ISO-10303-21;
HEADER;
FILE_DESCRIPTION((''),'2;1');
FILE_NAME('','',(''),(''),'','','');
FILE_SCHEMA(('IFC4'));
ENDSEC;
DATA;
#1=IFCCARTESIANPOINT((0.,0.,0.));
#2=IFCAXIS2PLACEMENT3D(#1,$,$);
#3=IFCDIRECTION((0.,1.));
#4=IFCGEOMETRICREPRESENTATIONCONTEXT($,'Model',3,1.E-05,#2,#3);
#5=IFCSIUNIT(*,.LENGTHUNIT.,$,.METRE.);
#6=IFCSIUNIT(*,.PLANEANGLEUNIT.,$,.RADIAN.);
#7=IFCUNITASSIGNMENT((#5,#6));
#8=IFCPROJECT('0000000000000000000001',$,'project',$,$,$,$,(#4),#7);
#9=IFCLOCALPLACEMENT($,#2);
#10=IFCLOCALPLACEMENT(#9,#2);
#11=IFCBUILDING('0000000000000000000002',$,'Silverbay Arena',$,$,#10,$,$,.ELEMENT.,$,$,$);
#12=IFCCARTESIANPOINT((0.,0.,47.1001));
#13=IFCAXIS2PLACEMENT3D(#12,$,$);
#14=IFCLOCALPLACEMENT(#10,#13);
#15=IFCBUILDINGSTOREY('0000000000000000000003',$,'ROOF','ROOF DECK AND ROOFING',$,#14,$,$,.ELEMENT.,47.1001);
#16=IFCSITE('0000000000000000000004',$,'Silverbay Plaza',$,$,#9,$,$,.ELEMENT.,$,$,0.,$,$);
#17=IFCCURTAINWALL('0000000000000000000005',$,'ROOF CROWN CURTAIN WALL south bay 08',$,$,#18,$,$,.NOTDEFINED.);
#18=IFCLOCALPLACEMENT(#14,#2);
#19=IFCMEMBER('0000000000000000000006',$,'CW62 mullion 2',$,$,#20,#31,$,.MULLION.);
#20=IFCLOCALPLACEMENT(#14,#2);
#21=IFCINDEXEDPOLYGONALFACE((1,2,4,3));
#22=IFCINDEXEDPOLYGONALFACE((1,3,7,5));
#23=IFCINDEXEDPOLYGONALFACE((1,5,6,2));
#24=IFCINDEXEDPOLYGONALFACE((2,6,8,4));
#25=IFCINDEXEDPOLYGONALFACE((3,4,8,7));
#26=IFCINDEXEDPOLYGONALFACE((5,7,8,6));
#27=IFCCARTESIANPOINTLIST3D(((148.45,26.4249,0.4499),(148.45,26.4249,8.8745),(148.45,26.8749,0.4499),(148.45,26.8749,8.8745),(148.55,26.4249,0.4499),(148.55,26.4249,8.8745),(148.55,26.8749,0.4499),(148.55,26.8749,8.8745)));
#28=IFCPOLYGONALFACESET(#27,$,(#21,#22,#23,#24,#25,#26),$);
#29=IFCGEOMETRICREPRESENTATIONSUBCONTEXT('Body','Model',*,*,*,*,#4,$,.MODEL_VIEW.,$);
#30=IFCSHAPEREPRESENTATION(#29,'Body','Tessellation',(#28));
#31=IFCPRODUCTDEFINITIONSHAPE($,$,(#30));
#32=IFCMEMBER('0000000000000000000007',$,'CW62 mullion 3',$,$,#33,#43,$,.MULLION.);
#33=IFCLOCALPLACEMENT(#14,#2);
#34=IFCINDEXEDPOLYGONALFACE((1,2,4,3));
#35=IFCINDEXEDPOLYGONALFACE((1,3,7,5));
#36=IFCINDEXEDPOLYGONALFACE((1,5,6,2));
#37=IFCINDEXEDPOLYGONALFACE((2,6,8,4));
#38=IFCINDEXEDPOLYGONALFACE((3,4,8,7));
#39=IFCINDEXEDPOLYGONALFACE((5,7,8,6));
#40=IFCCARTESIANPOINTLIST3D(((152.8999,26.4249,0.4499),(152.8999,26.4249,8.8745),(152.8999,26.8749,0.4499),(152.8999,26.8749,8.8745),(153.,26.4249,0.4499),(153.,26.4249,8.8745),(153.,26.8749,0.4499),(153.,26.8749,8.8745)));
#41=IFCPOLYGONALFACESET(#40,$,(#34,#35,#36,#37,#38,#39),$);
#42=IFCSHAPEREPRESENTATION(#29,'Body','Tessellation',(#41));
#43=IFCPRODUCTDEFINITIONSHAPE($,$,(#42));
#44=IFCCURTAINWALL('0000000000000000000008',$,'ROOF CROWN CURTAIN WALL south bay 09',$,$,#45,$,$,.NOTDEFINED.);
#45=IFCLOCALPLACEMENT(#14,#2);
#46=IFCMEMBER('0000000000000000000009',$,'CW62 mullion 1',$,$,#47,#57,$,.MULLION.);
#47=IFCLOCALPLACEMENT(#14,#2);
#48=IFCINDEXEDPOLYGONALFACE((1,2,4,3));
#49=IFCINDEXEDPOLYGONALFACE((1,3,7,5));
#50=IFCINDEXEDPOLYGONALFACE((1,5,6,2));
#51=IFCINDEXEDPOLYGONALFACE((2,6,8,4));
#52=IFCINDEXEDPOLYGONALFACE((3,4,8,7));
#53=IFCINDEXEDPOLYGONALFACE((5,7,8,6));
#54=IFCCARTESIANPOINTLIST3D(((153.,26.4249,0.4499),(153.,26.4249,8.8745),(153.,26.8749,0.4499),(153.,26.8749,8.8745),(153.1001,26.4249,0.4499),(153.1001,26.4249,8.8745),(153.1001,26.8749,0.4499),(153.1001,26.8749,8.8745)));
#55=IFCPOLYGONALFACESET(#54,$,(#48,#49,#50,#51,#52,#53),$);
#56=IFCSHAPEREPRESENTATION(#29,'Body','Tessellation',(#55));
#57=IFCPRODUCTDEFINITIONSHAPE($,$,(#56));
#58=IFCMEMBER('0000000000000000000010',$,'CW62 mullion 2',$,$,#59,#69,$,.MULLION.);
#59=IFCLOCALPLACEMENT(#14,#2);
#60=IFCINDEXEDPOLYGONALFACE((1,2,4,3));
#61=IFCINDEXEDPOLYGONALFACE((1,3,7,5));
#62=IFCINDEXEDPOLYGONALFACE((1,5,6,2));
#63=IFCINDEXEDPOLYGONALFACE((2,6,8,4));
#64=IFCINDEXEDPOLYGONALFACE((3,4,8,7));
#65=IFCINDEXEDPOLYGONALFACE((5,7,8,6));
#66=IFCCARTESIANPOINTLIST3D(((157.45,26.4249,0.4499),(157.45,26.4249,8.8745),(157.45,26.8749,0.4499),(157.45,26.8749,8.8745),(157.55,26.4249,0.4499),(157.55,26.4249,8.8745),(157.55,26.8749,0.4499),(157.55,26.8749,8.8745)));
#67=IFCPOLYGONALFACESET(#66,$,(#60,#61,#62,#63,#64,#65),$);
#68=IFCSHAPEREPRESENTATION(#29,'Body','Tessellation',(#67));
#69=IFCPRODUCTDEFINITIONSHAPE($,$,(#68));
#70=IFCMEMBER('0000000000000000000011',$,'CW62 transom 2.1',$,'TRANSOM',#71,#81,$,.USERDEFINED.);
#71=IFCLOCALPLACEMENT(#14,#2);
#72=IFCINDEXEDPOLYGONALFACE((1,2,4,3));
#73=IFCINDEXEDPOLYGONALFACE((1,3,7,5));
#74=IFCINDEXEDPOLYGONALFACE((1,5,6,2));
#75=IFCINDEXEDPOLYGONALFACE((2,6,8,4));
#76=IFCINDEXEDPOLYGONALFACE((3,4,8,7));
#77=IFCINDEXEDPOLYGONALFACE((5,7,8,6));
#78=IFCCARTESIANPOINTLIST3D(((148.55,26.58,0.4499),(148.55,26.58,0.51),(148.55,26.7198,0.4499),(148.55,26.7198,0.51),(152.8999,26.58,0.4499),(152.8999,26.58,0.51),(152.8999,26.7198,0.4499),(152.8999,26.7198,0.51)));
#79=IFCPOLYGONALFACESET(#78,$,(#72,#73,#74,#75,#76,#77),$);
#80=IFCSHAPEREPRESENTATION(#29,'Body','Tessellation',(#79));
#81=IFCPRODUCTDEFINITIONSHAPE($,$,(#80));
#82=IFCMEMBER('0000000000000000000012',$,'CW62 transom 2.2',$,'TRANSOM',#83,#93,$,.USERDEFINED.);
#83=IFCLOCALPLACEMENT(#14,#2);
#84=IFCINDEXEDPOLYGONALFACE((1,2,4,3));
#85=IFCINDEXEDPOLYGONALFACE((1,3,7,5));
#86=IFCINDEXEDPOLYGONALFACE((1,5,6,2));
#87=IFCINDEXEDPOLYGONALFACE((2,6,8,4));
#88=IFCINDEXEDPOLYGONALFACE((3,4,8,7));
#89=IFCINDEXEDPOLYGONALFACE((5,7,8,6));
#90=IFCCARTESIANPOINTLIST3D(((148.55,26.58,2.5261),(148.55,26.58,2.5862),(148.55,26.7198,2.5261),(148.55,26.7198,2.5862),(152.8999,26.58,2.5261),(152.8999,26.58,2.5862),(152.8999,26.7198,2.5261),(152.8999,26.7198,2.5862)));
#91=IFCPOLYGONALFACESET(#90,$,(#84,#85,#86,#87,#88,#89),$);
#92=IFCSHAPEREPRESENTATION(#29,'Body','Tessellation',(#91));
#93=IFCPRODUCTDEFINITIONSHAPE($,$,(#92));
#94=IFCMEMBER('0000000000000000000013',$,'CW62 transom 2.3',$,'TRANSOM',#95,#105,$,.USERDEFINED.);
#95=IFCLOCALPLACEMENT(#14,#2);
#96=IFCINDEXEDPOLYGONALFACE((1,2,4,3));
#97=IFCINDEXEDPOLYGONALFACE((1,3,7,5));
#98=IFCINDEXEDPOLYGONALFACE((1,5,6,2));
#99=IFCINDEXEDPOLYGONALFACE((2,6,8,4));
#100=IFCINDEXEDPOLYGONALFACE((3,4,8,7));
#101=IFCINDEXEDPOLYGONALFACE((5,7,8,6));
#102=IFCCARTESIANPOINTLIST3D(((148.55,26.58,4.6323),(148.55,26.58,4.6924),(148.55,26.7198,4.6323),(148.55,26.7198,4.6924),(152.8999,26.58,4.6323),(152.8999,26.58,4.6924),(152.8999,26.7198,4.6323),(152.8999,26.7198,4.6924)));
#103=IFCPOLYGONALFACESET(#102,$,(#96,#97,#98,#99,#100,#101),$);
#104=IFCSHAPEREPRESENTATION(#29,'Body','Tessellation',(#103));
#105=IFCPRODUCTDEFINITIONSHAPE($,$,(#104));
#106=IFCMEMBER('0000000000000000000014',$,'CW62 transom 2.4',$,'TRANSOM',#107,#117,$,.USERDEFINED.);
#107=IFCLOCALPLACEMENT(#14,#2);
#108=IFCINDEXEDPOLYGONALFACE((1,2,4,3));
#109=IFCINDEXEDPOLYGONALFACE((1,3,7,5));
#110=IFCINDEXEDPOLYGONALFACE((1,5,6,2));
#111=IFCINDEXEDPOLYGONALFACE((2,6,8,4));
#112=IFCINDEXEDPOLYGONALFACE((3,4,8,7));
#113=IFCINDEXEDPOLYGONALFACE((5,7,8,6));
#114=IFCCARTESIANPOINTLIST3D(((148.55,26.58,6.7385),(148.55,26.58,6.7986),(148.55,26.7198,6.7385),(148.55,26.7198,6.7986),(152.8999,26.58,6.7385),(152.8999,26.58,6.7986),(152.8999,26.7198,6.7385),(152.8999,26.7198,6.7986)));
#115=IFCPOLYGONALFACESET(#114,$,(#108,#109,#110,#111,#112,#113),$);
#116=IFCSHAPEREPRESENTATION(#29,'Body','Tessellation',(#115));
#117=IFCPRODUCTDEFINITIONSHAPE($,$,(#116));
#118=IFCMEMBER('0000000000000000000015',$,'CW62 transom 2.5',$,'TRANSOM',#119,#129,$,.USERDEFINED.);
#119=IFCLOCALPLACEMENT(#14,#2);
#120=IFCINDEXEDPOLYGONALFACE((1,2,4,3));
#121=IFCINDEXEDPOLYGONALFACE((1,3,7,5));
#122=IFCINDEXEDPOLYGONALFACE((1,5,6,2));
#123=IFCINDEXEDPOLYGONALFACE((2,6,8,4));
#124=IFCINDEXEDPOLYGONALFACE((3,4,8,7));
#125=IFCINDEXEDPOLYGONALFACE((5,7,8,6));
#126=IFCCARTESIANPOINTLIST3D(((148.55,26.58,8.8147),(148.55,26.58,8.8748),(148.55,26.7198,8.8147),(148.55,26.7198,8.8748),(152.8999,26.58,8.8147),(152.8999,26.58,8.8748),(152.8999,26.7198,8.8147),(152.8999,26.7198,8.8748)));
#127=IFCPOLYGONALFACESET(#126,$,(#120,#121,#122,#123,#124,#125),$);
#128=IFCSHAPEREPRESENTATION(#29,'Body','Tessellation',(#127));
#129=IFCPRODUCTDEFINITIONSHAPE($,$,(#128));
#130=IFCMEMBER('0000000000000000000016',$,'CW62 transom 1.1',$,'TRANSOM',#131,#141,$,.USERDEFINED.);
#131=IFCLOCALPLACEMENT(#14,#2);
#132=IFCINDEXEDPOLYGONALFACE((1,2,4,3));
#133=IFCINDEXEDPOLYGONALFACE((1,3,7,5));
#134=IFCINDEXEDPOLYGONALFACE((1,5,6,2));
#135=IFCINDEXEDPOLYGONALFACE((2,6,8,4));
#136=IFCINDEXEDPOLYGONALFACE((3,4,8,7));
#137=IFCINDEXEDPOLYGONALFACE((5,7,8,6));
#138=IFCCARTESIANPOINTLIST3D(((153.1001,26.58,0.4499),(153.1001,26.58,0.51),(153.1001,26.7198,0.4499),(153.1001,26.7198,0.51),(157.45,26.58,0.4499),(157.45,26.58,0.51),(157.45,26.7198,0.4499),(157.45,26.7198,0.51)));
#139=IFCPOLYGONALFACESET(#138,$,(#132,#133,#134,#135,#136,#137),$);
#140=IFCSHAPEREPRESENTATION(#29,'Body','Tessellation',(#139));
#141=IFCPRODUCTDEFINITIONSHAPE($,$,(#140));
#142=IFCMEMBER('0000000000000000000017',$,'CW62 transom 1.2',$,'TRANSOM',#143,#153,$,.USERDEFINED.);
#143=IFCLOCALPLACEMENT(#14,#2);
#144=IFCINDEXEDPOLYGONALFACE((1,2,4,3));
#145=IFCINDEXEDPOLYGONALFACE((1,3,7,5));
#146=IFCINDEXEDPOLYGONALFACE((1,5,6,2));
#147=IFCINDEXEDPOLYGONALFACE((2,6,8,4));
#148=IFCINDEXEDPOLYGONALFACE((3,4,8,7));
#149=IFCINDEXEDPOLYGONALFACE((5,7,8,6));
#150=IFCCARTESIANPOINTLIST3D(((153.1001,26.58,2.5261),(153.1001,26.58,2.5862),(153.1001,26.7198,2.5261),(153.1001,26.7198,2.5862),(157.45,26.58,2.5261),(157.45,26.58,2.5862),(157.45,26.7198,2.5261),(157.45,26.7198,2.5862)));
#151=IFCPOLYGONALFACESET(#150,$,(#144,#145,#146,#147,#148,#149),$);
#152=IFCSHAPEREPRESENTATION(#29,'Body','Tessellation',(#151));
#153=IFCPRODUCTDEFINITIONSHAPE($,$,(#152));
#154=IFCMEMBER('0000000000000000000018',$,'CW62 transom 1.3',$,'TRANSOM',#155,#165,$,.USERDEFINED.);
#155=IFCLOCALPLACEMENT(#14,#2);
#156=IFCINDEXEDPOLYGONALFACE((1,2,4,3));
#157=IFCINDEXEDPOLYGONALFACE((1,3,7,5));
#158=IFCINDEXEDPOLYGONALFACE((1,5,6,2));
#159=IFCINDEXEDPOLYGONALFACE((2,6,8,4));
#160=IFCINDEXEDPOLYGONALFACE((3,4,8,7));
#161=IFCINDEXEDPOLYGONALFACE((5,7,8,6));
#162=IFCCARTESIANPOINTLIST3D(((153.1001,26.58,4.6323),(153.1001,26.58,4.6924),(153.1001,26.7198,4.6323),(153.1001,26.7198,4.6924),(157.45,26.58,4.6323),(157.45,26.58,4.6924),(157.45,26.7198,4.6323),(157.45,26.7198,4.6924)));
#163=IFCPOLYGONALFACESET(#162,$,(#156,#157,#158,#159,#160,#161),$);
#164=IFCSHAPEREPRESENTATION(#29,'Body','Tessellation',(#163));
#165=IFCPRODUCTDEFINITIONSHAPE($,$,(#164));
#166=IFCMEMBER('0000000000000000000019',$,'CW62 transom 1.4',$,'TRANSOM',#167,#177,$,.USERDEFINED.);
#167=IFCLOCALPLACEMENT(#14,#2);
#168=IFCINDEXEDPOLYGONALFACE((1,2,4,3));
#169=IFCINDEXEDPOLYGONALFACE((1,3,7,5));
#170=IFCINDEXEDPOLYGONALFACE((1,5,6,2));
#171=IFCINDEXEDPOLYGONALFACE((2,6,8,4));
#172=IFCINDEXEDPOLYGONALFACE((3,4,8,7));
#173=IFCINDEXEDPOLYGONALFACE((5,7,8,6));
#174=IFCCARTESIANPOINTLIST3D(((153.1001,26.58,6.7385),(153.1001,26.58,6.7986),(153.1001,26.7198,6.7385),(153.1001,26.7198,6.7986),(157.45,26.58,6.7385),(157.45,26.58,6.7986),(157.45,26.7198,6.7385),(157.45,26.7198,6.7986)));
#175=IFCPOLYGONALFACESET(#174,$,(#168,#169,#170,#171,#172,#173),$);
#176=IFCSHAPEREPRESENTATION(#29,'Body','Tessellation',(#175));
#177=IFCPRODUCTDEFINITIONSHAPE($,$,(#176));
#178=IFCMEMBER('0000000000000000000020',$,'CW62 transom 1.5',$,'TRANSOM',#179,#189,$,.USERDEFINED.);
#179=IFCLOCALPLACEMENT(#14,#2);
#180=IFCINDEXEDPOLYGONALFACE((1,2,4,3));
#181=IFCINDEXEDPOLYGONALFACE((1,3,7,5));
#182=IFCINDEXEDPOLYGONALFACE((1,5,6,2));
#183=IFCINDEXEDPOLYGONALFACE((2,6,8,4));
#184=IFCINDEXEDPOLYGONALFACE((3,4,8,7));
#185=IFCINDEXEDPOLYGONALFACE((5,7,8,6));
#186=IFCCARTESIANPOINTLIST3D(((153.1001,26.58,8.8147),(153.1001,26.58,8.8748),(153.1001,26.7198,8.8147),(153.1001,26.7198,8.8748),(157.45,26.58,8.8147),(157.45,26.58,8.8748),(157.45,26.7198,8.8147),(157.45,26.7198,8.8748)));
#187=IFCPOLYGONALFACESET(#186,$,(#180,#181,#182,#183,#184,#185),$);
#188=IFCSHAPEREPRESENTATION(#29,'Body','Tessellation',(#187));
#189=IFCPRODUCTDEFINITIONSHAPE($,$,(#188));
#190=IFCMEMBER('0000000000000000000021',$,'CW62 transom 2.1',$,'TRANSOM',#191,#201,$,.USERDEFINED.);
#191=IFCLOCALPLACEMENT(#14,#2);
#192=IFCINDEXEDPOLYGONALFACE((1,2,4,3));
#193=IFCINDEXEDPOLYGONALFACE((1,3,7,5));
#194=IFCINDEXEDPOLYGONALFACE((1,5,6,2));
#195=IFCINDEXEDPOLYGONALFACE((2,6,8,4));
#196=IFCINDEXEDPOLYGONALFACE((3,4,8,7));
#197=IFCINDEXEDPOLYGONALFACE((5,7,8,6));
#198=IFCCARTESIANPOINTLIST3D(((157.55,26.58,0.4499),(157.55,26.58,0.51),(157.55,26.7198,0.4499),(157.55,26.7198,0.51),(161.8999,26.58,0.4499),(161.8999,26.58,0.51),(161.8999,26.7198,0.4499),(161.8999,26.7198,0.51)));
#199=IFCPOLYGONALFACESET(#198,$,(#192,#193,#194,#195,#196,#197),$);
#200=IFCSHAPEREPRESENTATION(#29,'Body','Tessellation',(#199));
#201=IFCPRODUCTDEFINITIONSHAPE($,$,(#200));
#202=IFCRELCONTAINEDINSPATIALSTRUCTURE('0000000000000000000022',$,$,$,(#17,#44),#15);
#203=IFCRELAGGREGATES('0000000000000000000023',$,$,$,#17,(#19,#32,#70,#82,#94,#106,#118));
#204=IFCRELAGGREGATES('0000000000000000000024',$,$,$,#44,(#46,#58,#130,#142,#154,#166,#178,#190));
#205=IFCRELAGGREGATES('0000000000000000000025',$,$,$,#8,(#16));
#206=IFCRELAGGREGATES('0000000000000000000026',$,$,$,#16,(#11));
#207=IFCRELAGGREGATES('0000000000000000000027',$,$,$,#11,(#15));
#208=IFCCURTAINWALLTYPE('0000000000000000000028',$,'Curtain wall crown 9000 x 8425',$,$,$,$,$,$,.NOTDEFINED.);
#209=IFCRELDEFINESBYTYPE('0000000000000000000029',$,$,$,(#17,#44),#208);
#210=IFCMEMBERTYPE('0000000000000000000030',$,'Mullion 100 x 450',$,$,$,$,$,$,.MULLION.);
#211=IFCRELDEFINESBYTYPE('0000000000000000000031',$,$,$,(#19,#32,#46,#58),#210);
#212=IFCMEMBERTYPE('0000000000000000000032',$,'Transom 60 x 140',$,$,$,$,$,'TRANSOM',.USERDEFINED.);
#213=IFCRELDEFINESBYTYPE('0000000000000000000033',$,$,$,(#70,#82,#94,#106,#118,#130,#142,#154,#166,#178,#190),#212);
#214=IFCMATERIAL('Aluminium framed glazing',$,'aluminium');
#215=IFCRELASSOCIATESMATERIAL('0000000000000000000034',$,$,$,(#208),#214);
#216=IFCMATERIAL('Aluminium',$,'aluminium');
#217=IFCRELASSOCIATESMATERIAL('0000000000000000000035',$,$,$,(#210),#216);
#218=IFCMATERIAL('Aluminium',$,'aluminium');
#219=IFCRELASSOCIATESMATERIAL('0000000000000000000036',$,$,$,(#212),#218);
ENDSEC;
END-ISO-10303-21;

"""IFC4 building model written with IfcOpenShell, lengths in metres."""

from ifc_helpers import new_model, si_unit, direction, frame, origin, origin_2d, place, context, subcontext, project, spatial, rectangle, extrude, material, material_profile, profile_set, type_object, element, aggregate, save


model = new_model("IFC4")

# Units and contexts
model_context = context("Model", 3, precision=1e-05, world=origin(), true_north=direction((0.0, 1.0)))
body_context = subcontext(model_context, "Body", "Model", "MODEL_VIEW")
ifc_project = project(units=[si_unit("LENGTHUNIT", "METRE"), si_unit("PLANEANGLEUNIT", "RADIAN")], contexts=[model_context])

# Site, building, storey
site_placement = place(None, origin())
site = spatial("IfcSite", under=ifc_project, at=site_placement, Name="Silverbay Plaza", CompositionType="ELEMENT", RefElevation=0.0)
building_placement = place(site_placement, origin())
building = spatial("IfcBuilding", under=site, at=building_placement, Name="Silverbay Arena", CompositionType="ELEMENT")
storey_placement = place(building_placement, frame((0.0, 0.0, 47.1001)))
storey = spatial("IfcBuildingStorey", under=building, at=storey_placement, Name="ROOF", Description="ROOF DECK AND ROOFING", CompositionType="ELEMENT", Elevation=47.1001)

# Curtain walls, members
ifc_material_1 = material(Name="Aluminium framed glazing", Category="aluminium")
curtain_wall_type = type_object("IfcCurtainWallType", Name="Curtain wall crown 9000 x 8425", PredefinedType="NOTDEFINED", material=ifc_material_1)
curtain_wall_1_placement = place(storey_placement, origin())
curtain_wall_1 = element("IfcCurtainWall", 1, at=curtain_wall_1_placement, inside=storey, type_object=curtain_wall_type, Name="ROOF CROWN CURTAIN WALL south bay 08", PredefinedType="NOTDEFINED")
ifc_material_2 = material(Name="Aluminium", Category="aluminium")
ifc_material_profile_1 = material_profile(ifc_material_2, rectangle(XDim=0.45, YDim=0.1001, at=origin_2d()), Name="Mullion 100 x 450")
ifc_profile_set_1 = profile_set([ifc_material_profile_1], Name="Aluminium")
member_type_1 = type_object("IfcMemberType", Name="Mullion 100 x 450", PredefinedType="MULLION", material=ifc_profile_set_1)
placement = place(building_placement, frame((0.0, 0.0, 33.5)))
member_1_placement = place(placement, frame((148.5, 26.6499, 14.05), z_axis=(0.0, 0.0, 1.0), x_axis=(0.0, 1.0, 0.0)))
member_1 = element("IfcMember", 2, at=member_1_placement, type_object=member_type_1, Name="CW62 mullion 2", PredefinedType="MULLION", context=body_context, shape_type="SweptSolid", body=[
    extrude(rectangle(XDim=0.45, YDim=0.1001, at=origin_2d()), origin(), (0.0, 0.0, 1.0), 8.4246),
])
member_2_placement = place(placement, frame((152.95, 26.6499, 14.05), z_axis=(0.0, 0.0, 1.0), x_axis=(0.0, 1.0, 0.0)))
member_2 = element("IfcMember", 3, at=member_2_placement, type_object=member_type_1, Name="CW62 mullion 3", PredefinedType="MULLION", context=body_context, shape_type="SweptSolid", body=[
    extrude(rectangle(XDim=0.45, YDim=0.1001, at=origin_2d()), origin(), (0.0, 0.0, 1.0), 8.4246),
])
curtain_wall_2_placement = place(storey_placement, origin())
curtain_wall_2 = element("IfcCurtainWall", 4, at=curtain_wall_2_placement, inside=storey, type_object=curtain_wall_type, Name="ROOF CROWN CURTAIN WALL south bay 09", PredefinedType="NOTDEFINED")
member_3_placement = place(placement, frame((153.05, 26.6499, 14.05), z_axis=(0.0, 0.0, 1.0), x_axis=(0.0, 1.0, 0.0)))
member_3 = element("IfcMember", 5, at=member_3_placement, type_object=member_type_1, Name="CW62 mullion 1", PredefinedType="MULLION", context=body_context, shape_type="SweptSolid", body=[
    extrude(rectangle(XDim=0.45, YDim=0.1001, at=origin_2d()), origin(), (0.0, 0.0, 1.0), 8.4246),
])
member_4_placement = place(placement, frame((157.5, 26.6499, 14.05), z_axis=(0.0, 0.0, 1.0), x_axis=(0.0, 1.0, 0.0)))
member_4 = element("IfcMember", 6, at=member_4_placement, type_object=member_type_1, Name="CW62 mullion 2", PredefinedType="MULLION", context=body_context, shape_type="SweptSolid", body=[
    extrude(rectangle(XDim=0.45, YDim=0.1001, at=origin_2d()), origin(), (0.0, 0.0, 1.0), 8.4246),
])

# Members
ifc_material_3 = material(Name="Aluminium", Category="aluminium")
ifc_material_profile_2 = material_profile(ifc_material_3, rectangle(XDim=0.1399, YDim=0.0601, at=origin_2d()), Name="Transom 60 x 140")
ifc_profile_set_2 = profile_set([ifc_material_profile_2], Name="Aluminium")
member_type_2 = type_object("IfcMemberType", Name="Transom 60 x 140", ElementType="TRANSOM", PredefinedType="USERDEFINED", material=ifc_profile_set_2)
member_5_placement = place(placement, frame((148.55, 26.6499, 14.0801), z_axis=(1.0, 0.0, 0.0), x_axis=(0.0, 1.0, 0.0)))
member_5 = element("IfcMember", 7, at=member_5_placement, type_object=member_type_2, Name="CW62 transom 2.1", ObjectType="TRANSOM", PredefinedType="USERDEFINED", context=body_context, shape_type="SweptSolid", body=[
    extrude(rectangle(XDim=0.1399, YDim=0.0601, at=origin_2d()), origin(), (0.0, 0.0, 1.0), 4.3499),
])
member_6_placement = place(placement, frame((148.55, 26.6499, 16.1562), z_axis=(1.0, 0.0, 0.0), x_axis=(0.0, 1.0, 0.0)))
member_6 = element("IfcMember", 8, at=member_6_placement, type_object=member_type_2, Name="CW62 transom 2.2", ObjectType="TRANSOM", PredefinedType="USERDEFINED", context=body_context, shape_type="SweptSolid", body=[
    extrude(rectangle(XDim=0.1399, YDim=0.0601, at=origin_2d()), origin(), (0.0, 0.0, 1.0), 4.3499),
])
member_7_placement = place(placement, frame((148.55, 26.6499, 18.2625), z_axis=(1.0, 0.0, 0.0), x_axis=(0.0, 1.0, 0.0)))
member_7 = element("IfcMember", 9, at=member_7_placement, type_object=member_type_2, Name="CW62 transom 2.3", ObjectType="TRANSOM", PredefinedType="USERDEFINED", context=body_context, shape_type="SweptSolid", body=[
    extrude(rectangle(XDim=0.1399, YDim=0.0601, at=origin_2d()), origin(), (0.0, 0.0, 1.0), 4.3499),
])
member_8_placement = place(placement, frame((148.55, 26.6499, 20.3687), z_axis=(1.0, 0.0, 0.0), x_axis=(0.0, 1.0, 0.0)))
member_8 = element("IfcMember", 10, at=member_8_placement, type_object=member_type_2, Name="CW62 transom 2.4", ObjectType="TRANSOM", PredefinedType="USERDEFINED", context=body_context, shape_type="SweptSolid", body=[
    extrude(rectangle(XDim=0.1399, YDim=0.0601, at=origin_2d()), origin(), (0.0, 0.0, 1.0), 4.3499),
])
member_9_placement = place(placement, frame((148.55, 26.6499, 22.4448), z_axis=(1.0, 0.0, 0.0), x_axis=(0.0, 1.0, 0.0)))
member_9 = element("IfcMember", 11, at=member_9_placement, type_object=member_type_2, Name="CW62 transom 2.5", ObjectType="TRANSOM", PredefinedType="USERDEFINED", context=body_context, shape_type="SweptSolid", body=[
    extrude(rectangle(XDim=0.1399, YDim=0.0601, at=origin_2d()), origin(), (0.0, 0.0, 1.0), 4.3499),
])
member_10_placement = place(placement, frame((153.1001, 26.6499, 14.0801), z_axis=(1.0, 0.0, 0.0), x_axis=(0.0, 1.0, 0.0)))
member_10 = element("IfcMember", 12, at=member_10_placement, type_object=member_type_2, Name="CW62 transom 1.1", ObjectType="TRANSOM", PredefinedType="USERDEFINED", context=body_context, shape_type="SweptSolid", body=[
    extrude(rectangle(XDim=0.1399, YDim=0.0601, at=origin_2d()), origin(), (0.0, 0.0, 1.0), 4.3499),
])
member_11_placement = place(placement, frame((153.1001, 26.6499, 16.1562), z_axis=(1.0, 0.0, 0.0), x_axis=(0.0, 1.0, 0.0)))
member_11 = element("IfcMember", 13, at=member_11_placement, type_object=member_type_2, Name="CW62 transom 1.2", ObjectType="TRANSOM", PredefinedType="USERDEFINED", context=body_context, shape_type="SweptSolid", body=[
    extrude(rectangle(XDim=0.1399, YDim=0.0601, at=origin_2d()), origin(), (0.0, 0.0, 1.0), 4.3499),
])
member_12_placement = place(placement, frame((153.1001, 26.6499, 18.2625), z_axis=(1.0, 0.0, 0.0), x_axis=(0.0, 1.0, 0.0)))
member_12 = element("IfcMember", 14, at=member_12_placement, type_object=member_type_2, Name="CW62 transom 1.3", ObjectType="TRANSOM", PredefinedType="USERDEFINED", context=body_context, shape_type="SweptSolid", body=[
    extrude(rectangle(XDim=0.1399, YDim=0.0601, at=origin_2d()), origin(), (0.0, 0.0, 1.0), 4.3499),
])
member_13_placement = place(placement, frame((153.1001, 26.6499, 20.3687), z_axis=(1.0, 0.0, 0.0), x_axis=(0.0, 1.0, 0.0)))
member_13 = element("IfcMember", 15, at=member_13_placement, type_object=member_type_2, Name="CW62 transom 1.4", ObjectType="TRANSOM", PredefinedType="USERDEFINED", context=body_context, shape_type="SweptSolid", body=[
    extrude(rectangle(XDim=0.1399, YDim=0.0601, at=origin_2d()), origin(), (0.0, 0.0, 1.0), 4.3499),
])
member_14_placement = place(placement, frame((153.1001, 26.6499, 22.4448), z_axis=(1.0, 0.0, 0.0), x_axis=(0.0, 1.0, 0.0)))
member_14 = element("IfcMember", 16, at=member_14_placement, type_object=member_type_2, Name="CW62 transom 1.5", ObjectType="TRANSOM", PredefinedType="USERDEFINED", context=body_context, shape_type="SweptSolid", body=[
    extrude(rectangle(XDim=0.1399, YDim=0.0601, at=origin_2d()), origin(), (0.0, 0.0, 1.0), 4.3499),
])
member_15_placement = place(placement, frame((157.55, 26.6499, 14.0801), z_axis=(1.0, 0.0, 0.0), x_axis=(0.0, 1.0, 0.0)))
member_15 = element("IfcMember", 17, at=member_15_placement, type_object=member_type_2, Name="CW62 transom 2.1", ObjectType="TRANSOM", PredefinedType="USERDEFINED", context=body_context, shape_type="SweptSolid", body=[
    extrude(rectangle(XDim=0.1399, YDim=0.0601, at=origin_2d()), origin(), (0.0, 0.0, 1.0), 4.3499),
])

aggregate(curtain_wall_1, [member_1, member_2, member_5, member_6, member_7, member_8, member_9])
aggregate(curtain_wall_2, [member_3, member_4, member_10, member_11, member_12, member_13, member_14, member_15])

save(model, "model.ifc")
